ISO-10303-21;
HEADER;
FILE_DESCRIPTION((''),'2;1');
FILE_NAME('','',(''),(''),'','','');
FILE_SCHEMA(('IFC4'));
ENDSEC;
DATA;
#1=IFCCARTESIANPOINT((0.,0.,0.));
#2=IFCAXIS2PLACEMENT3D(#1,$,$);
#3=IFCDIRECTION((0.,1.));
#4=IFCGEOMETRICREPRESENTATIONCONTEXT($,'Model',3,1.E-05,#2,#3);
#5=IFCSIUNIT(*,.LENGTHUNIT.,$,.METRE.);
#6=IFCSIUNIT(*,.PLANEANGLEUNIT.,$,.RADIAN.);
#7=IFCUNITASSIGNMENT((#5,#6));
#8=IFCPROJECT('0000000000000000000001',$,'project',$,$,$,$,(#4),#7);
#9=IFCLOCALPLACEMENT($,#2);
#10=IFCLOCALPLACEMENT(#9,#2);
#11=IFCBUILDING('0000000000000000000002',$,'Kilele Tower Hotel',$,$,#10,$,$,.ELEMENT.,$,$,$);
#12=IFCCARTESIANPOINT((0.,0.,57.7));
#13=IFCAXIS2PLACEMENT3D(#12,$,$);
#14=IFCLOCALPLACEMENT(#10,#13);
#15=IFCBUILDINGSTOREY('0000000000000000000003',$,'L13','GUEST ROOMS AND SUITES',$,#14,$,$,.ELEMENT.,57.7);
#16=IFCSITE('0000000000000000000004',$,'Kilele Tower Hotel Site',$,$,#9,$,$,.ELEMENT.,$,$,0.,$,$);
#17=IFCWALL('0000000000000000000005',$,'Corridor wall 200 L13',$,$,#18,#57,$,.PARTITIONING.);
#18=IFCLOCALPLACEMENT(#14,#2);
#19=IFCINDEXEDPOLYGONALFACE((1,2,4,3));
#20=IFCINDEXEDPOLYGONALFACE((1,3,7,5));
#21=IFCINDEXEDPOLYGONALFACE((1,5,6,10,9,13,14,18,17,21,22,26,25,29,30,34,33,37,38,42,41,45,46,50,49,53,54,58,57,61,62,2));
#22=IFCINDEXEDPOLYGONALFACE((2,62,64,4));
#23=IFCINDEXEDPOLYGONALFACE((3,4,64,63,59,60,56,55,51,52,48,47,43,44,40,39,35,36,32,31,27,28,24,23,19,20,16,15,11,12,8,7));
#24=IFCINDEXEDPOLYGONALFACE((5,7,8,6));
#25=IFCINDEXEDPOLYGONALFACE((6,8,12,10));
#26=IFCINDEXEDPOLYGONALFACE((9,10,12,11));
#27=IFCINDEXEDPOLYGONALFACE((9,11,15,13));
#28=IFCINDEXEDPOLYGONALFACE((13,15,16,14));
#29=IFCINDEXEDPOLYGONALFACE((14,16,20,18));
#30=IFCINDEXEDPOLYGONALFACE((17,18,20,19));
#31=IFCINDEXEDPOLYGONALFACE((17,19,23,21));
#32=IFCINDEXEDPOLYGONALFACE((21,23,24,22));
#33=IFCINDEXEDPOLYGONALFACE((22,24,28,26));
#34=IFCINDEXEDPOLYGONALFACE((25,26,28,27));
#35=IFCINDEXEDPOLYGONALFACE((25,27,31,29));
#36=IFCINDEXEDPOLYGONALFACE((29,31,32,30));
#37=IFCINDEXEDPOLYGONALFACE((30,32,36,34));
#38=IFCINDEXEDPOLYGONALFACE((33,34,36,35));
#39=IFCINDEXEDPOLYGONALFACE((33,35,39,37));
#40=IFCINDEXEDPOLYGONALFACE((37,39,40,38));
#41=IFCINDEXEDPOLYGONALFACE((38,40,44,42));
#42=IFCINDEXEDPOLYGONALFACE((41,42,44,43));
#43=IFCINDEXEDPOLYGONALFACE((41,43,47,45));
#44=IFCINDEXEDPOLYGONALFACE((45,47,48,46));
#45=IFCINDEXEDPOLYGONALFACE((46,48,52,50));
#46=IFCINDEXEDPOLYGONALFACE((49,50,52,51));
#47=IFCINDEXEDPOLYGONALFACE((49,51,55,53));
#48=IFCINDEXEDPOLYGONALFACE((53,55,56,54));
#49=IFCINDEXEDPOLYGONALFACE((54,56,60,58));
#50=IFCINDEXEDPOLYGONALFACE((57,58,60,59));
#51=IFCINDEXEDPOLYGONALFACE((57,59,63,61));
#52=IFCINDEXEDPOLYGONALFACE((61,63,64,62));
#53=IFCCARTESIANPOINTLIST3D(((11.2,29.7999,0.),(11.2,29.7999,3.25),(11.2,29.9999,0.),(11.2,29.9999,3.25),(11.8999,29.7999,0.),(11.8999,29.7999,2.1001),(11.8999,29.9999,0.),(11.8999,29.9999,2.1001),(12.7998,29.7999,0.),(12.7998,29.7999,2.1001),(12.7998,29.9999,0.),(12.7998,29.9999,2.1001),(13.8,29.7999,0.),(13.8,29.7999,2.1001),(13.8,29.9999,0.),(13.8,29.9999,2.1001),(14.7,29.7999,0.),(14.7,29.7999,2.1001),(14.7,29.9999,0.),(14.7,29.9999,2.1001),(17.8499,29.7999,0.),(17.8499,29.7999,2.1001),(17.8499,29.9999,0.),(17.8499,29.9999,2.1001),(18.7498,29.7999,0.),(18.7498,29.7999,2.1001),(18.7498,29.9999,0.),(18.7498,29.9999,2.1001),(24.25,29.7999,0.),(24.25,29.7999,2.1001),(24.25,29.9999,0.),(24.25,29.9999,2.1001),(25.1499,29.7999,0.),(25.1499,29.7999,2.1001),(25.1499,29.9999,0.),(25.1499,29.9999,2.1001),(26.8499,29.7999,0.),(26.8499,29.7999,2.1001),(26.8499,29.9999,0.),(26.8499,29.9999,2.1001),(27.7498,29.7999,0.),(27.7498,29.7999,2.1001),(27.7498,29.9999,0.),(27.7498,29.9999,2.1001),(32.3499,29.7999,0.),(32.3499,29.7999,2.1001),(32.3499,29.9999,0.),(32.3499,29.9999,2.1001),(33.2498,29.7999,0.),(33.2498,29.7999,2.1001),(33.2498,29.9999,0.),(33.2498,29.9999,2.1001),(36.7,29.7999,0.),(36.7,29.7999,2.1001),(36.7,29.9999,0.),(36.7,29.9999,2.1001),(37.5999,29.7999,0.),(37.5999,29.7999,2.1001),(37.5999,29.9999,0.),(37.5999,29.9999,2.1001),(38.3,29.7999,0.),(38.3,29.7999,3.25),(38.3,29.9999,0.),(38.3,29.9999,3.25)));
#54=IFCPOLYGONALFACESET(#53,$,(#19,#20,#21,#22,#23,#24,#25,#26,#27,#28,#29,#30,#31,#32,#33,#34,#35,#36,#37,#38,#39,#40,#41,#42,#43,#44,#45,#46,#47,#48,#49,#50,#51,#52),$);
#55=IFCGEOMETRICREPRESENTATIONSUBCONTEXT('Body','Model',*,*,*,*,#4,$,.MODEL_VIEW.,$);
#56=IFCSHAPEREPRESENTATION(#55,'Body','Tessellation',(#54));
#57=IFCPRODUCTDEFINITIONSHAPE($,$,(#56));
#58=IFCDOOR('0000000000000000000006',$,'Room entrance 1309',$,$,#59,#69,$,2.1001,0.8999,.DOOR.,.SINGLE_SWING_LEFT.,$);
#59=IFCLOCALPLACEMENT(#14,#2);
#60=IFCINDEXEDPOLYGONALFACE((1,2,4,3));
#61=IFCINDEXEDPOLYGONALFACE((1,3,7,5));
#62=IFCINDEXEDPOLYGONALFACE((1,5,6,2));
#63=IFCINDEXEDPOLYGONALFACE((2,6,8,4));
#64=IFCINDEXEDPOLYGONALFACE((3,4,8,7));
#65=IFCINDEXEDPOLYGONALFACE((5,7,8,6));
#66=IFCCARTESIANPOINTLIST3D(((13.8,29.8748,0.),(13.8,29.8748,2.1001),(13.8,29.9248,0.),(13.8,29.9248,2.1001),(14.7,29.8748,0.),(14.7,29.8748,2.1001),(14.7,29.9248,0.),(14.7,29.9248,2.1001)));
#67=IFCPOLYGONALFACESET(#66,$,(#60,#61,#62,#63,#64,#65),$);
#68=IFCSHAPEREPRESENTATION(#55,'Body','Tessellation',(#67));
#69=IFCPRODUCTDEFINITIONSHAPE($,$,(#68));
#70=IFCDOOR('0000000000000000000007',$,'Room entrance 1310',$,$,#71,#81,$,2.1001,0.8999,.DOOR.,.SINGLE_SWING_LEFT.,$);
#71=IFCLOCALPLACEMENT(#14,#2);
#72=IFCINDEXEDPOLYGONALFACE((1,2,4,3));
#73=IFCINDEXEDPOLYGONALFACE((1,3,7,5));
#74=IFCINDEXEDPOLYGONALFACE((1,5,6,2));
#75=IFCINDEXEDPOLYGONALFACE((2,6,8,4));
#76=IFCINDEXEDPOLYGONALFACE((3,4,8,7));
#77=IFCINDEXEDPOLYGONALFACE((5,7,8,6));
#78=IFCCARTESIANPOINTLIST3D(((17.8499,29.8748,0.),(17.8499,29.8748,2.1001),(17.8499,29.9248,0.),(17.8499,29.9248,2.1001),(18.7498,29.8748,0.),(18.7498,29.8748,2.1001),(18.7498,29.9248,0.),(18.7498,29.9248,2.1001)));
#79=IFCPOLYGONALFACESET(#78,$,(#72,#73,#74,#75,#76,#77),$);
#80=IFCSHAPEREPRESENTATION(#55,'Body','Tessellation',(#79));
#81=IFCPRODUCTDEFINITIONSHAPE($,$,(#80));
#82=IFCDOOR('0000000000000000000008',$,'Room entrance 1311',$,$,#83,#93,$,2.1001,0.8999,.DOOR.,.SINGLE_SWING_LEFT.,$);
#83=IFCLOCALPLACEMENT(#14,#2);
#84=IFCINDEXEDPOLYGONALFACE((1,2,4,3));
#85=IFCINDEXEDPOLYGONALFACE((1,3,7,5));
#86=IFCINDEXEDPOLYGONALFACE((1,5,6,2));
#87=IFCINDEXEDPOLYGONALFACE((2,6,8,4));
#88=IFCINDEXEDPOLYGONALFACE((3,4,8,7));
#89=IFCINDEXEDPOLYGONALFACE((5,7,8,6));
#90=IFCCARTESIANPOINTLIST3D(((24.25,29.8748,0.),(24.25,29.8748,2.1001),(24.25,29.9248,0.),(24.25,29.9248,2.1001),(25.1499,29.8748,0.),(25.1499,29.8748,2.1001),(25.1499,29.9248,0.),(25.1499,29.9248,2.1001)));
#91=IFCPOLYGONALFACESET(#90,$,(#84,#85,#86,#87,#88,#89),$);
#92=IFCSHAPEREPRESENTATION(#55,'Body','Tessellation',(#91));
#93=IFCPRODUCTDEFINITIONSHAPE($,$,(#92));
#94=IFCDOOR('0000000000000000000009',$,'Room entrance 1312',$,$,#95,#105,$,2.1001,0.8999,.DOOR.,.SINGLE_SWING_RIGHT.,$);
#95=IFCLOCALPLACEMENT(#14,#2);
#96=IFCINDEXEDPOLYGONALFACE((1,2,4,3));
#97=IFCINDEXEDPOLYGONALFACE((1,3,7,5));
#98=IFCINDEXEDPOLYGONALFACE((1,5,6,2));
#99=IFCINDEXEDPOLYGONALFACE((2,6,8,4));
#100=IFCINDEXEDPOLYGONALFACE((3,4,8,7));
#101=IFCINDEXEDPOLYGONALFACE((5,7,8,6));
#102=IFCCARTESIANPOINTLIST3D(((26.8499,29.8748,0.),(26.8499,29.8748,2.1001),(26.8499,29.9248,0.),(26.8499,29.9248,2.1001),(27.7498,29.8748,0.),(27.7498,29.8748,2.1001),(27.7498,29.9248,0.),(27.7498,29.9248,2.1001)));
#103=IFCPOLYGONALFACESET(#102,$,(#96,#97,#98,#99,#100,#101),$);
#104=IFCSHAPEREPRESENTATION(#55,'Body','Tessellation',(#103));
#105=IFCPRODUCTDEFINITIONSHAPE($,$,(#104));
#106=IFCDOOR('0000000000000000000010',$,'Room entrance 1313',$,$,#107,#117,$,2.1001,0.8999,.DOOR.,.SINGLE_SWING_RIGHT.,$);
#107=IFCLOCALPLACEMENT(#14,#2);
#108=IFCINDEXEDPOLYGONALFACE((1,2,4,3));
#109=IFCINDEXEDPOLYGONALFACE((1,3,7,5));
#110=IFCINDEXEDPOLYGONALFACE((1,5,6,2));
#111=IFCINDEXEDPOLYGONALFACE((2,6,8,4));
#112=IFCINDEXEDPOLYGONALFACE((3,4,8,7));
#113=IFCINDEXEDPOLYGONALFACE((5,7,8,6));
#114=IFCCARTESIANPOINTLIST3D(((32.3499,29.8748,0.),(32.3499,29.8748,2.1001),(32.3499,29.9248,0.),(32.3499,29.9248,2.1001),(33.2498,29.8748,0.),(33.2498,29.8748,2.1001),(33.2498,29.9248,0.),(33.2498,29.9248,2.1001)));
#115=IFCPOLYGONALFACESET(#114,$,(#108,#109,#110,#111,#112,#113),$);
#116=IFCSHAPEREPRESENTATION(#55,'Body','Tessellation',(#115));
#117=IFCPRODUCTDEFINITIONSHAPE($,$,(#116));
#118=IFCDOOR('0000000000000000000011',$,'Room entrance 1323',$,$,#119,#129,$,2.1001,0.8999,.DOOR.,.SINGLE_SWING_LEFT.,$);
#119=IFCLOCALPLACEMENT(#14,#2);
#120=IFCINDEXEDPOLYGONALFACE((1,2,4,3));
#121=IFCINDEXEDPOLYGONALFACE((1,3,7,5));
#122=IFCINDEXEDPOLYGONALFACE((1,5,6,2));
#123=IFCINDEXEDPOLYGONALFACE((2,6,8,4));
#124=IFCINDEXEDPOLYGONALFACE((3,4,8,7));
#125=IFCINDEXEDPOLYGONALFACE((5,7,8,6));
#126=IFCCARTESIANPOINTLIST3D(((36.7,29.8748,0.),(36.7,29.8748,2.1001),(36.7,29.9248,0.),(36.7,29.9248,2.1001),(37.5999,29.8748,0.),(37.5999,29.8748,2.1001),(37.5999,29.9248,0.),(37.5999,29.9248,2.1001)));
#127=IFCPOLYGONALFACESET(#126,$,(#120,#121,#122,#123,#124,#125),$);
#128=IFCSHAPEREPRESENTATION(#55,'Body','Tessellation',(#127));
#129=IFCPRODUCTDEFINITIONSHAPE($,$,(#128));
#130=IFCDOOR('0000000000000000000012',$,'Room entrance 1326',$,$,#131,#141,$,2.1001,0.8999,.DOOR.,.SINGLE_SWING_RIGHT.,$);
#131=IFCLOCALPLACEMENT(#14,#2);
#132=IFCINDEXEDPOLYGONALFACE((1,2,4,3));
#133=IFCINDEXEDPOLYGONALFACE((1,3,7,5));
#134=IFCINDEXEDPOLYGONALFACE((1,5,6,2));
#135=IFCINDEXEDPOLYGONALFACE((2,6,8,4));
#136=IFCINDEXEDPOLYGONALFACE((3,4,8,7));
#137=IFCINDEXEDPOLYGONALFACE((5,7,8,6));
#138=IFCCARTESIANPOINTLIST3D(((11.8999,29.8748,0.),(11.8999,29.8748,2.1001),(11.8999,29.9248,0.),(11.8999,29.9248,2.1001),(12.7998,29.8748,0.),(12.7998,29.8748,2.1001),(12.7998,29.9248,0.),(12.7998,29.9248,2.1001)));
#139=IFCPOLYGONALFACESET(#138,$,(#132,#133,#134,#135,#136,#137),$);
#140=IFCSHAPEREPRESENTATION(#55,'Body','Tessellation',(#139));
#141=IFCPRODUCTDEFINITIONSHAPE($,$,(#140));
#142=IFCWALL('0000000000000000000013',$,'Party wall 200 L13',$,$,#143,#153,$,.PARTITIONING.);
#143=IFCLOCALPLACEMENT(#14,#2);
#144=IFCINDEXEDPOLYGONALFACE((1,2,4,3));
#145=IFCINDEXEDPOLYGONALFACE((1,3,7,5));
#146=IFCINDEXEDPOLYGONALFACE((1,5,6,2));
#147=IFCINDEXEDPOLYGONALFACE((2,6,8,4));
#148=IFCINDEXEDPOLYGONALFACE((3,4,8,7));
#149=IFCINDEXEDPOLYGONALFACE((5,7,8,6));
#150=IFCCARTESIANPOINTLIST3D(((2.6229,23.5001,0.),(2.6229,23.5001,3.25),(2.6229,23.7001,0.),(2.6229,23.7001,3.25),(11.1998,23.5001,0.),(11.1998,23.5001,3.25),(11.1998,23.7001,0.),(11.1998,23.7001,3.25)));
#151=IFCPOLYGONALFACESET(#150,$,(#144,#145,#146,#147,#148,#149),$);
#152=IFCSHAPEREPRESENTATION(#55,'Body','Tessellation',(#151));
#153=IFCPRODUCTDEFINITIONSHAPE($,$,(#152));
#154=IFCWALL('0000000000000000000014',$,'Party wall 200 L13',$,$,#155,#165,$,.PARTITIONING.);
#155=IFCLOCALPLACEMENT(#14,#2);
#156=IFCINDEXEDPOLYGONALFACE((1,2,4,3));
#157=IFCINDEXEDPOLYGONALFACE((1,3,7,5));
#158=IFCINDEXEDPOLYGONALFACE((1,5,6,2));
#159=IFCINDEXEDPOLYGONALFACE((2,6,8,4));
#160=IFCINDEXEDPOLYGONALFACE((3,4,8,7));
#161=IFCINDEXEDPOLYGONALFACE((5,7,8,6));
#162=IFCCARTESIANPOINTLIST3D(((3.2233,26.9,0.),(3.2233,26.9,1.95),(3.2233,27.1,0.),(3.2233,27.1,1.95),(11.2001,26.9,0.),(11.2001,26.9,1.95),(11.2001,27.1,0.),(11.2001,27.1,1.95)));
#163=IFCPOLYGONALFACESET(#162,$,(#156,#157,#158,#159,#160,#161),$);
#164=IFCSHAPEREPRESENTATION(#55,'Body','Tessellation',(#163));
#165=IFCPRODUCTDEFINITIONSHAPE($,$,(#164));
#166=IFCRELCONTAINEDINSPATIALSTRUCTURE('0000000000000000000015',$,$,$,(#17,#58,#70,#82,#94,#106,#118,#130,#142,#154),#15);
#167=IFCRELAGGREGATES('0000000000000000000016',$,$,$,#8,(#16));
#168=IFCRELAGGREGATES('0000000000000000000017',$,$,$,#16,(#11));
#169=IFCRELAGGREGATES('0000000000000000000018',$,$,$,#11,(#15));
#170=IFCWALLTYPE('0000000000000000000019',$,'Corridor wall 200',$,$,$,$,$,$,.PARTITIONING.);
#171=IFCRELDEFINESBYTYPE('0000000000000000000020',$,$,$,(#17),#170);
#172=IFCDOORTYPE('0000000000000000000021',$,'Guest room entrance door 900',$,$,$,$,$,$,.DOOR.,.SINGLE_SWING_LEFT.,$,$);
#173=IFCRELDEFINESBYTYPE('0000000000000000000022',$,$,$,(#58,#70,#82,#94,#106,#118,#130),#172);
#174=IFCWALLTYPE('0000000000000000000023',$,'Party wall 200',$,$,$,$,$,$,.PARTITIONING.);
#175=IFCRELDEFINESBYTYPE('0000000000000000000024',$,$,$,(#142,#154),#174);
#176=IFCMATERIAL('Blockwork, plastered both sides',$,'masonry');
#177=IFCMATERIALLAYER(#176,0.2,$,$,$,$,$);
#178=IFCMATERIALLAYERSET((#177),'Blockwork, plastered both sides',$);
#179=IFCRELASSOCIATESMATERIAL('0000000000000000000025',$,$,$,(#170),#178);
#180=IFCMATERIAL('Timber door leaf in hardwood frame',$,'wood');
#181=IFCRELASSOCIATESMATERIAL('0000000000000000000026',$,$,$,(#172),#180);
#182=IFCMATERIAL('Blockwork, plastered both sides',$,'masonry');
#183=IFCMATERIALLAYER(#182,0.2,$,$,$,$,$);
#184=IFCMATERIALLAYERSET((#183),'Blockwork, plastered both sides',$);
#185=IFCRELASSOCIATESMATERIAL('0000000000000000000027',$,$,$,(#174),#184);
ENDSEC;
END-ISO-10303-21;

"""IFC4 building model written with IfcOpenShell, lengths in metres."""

from ifc_helpers import new_model, si_unit, direction, frame, frame_2d, origin, place, context, subcontext, project, spatial, rectangle, extrude, material, layer, layer_set, type_object, element, fill, save


model = new_model("IFC4")

# Units and contexts
model_context = context("Model", 3, precision=1e-05, world=origin(), true_north=direction((0.0, 1.0)))
body_context = subcontext(model_context, "Body", "Model", "MODEL_VIEW")
ifc_project = project(units=[si_unit("LENGTHUNIT", "METRE"), si_unit("PLANEANGLEUNIT", "RADIAN")], contexts=[model_context])

# Site, building, storey
site_placement = place(None, origin())
site = spatial("IfcSite", under=ifc_project, at=site_placement, Name="Kilele Tower Hotel Site", CompositionType="ELEMENT", RefElevation=0.0)
building_placement = place(site_placement, origin())
building = spatial("IfcBuilding", under=site, at=building_placement, Name="Kilele Tower Hotel", CompositionType="ELEMENT")
storey_placement = place(building_placement, frame((0.0, 0.0, 57.7)))
storey = spatial("IfcBuildingStorey", under=building, at=storey_placement, Name="L13", Description="GUEST ROOMS AND SUITES", CompositionType="ELEMENT", Elevation=57.7)

# Wall, openings, doors
ifc_material_1 = material(Name="Blockwork, plastered both sides", Category="masonry")
ifc_layer_1 = layer(ifc_material_1, 0.2)
ifc_layer_set_1 = layer_set([ifc_layer_1], Name="Blockwork, plastered both sides")
wall_type_1 = type_object("IfcWallType", Name="Corridor wall 200", PredefinedType="PARTITIONING", material=ifc_layer_set_1)
wall_1_placement = place(storey_placement, frame((11.2, 29.8999, 0.0), z_axis=(0.0, 0.0, 1.0), x_axis=(1.0, 0.0, 0.0)))
wall_1 = element("IfcWall", 1, at=wall_1_placement, inside=storey, type_object=wall_type_1, Name="Corridor wall 200 L13", PredefinedType="PARTITIONING", context=body_context, shape_type="SweptSolid", body=[
    extrude(rectangle(XDim=27.1001, YDim=0.2, at=frame_2d((13.55, 0.0))), origin(), (0.0, 0.0, 1.0), 3.25),
])
opening_1_placement = place(wall_1_placement, frame((2.6001, 0.0, 0.0)))
opening_1 = element("IfcOpeningElement", 2, at=opening_1_placement, cuts=wall_1, PredefinedType="OPENING", context=body_context, shape_type="SweptSolid", body=[
    extrude(rectangle(XDim=0.8999, YDim=2.1001, at=frame_2d((0.45, 1.05))), frame((0.0, 0.1099, 0.0), z_axis=(0.0, -1.0, 0.0), x_axis=(1.0, 0.0, 0.0)), (0.0, 0.0, 1.0), 0.22),
])
opening_2_placement = place(wall_1_placement, frame((6.6499, 0.0, 0.0)))
opening_2 = element("IfcOpeningElement", 3, at=opening_2_placement, cuts=wall_1, PredefinedType="OPENING", context=body_context, shape_type="SweptSolid", body=[
    extrude(rectangle(XDim=0.8999, YDim=2.1001, at=frame_2d((0.45, 1.05))), frame((0.0, 0.1099, 0.0), z_axis=(0.0, -1.0, 0.0), x_axis=(1.0, 0.0, 0.0)), (0.0, 0.0, 1.0), 0.22),
])
opening_3_placement = place(wall_1_placement, frame((13.05, 0.0, 0.0)))
opening_3 = element("IfcOpeningElement", 4, at=opening_3_placement, cuts=wall_1, PredefinedType="OPENING", context=body_context, shape_type="SweptSolid", body=[
    extrude(rectangle(XDim=0.8999, YDim=2.1001, at=frame_2d((0.45, 1.05))), frame((0.0, 0.1099, 0.0), z_axis=(0.0, -1.0, 0.0), x_axis=(1.0, 0.0, 0.0)), (0.0, 0.0, 1.0), 0.22),
])
opening_4_placement = place(wall_1_placement, frame((15.6499, 0.0, 0.0)))
opening_4 = element("IfcOpeningElement", 5, at=opening_4_placement, cuts=wall_1, PredefinedType="OPENING", context=body_context, shape_type="SweptSolid", body=[
    extrude(rectangle(XDim=0.8999, YDim=2.1001, at=frame_2d((0.45, 1.05))), frame((0.0, 0.1099, 0.0), z_axis=(0.0, -1.0, 0.0), x_axis=(1.0, 0.0, 0.0)), (0.0, 0.0, 1.0), 0.22),
])
opening_5_placement = place(wall_1_placement, frame((21.1499, 0.0, 0.0)))
opening_5 = element("IfcOpeningElement", 6, at=opening_5_placement, cuts=wall_1, PredefinedType="OPENING", context=body_context, shape_type="SweptSolid", body=[
    extrude(rectangle(XDim=0.8999, YDim=2.1001, at=frame_2d((0.45, 1.05))), frame((0.0, 0.1099, 0.0), z_axis=(0.0, -1.0, 0.0), x_axis=(1.0, 0.0, 0.0)), (0.0, 0.0, 1.0), 0.22),
])
opening_6_placement = place(wall_1_placement, frame((25.5, 0.0, 0.0)))
opening_6 = element("IfcOpeningElement", 7, at=opening_6_placement, cuts=wall_1, PredefinedType="OPENING", context=body_context, shape_type="SweptSolid", body=[
    extrude(rectangle(XDim=0.8999, YDim=2.1001, at=frame_2d((0.45, 1.05))), frame((0.0, 0.1099, 0.0), z_axis=(0.0, -1.0, 0.0), x_axis=(1.0, 0.0, 0.0)), (0.0, 0.0, 1.0), 0.22),
])
opening_7_placement = place(wall_1_placement, frame((0.7, 0.0, 0.0)))
opening_7 = element("IfcOpeningElement", 8, at=opening_7_placement, cuts=wall_1, PredefinedType="OPENING", context=body_context, shape_type="SweptSolid", body=[
    extrude(rectangle(XDim=0.8999, YDim=2.1001, at=frame_2d((0.45, 1.05))), frame((0.0, 0.1099, 0.0), z_axis=(0.0, -1.0, 0.0), x_axis=(1.0, 0.0, 0.0)), (0.0, 0.0, 1.0), 0.22),
])
ifc_material_2 = material(Name="Timber door leaf in hardwood frame", Category="wood")
door_type_1 = type_object("IfcDoorType", Name="Guest room entrance door 900", OperationType="SINGLE_SWING_LEFT", PredefinedType="DOOR", material=ifc_material_2)
door_1_placement = place(opening_1_placement, origin())
door_1 = element("IfcDoor", 9, at=door_1_placement, inside=storey, type_object=door_type_1, Name="Room entrance 1309", OperationType="SINGLE_SWING_LEFT", OverallHeight=2.1001, OverallWidth=0.8999, PredefinedType="DOOR", context=body_context, shape_type="SweptSolid", body=[
    extrude(rectangle(XDim=0.8999, YDim=2.1001, at=frame_2d((0.45, 1.05))), frame((0.0, 0.0249, 0.0), z_axis=(0.0, -1.0, 0.0), x_axis=(1.0, 0.0, 0.0)), (0.0, 0.0, 1.0), 0.05),
])
fill(opening_1, door_1)
door_2_placement = place(opening_2_placement, origin())
door_2 = element("IfcDoor", 10, at=door_2_placement, inside=storey, type_object=door_type_1, Name="Room entrance 1310", OperationType="SINGLE_SWING_LEFT", OverallHeight=2.1001, OverallWidth=0.8999, PredefinedType="DOOR", context=body_context, shape_type="SweptSolid", body=[
    extrude(rectangle(XDim=0.8999, YDim=2.1001, at=frame_2d((0.45, 1.05))), frame((0.0, 0.0249, 0.0), z_axis=(0.0, -1.0, 0.0), x_axis=(1.0, 0.0, 0.0)), (0.0, 0.0, 1.0), 0.05),
])
fill(opening_2, door_2)
door_3_placement = place(opening_3_placement, origin())
door_3 = element("IfcDoor", 11, at=door_3_placement, inside=storey, type_object=door_type_1, Name="Room entrance 1311", OperationType="SINGLE_SWING_LEFT", OverallHeight=2.1001, OverallWidth=0.8999, PredefinedType="DOOR", context=body_context, shape_type="SweptSolid", body=[
    extrude(rectangle(XDim=0.8999, YDim=2.1001, at=frame_2d((0.45, 1.05))), frame((0.0, 0.0249, 0.0), z_axis=(0.0, -1.0, 0.0), x_axis=(1.0, 0.0, 0.0)), (0.0, 0.0, 1.0), 0.05),
])
fill(opening_3, door_3)
door_4_placement = place(opening_4_placement, origin())
door_4 = element("IfcDoor", 12, at=door_4_placement, inside=storey, type_object=door_type_1, Name="Room entrance 1312", OperationType="SINGLE_SWING_RIGHT", OverallHeight=2.1001, OverallWidth=0.8999, PredefinedType="DOOR", context=body_context, shape_type="SweptSolid", body=[
    extrude(rectangle(XDim=0.8999, YDim=2.1001, at=frame_2d((0.45, 1.05))), frame((0.0, 0.0249, 0.0), z_axis=(0.0, -1.0, 0.0), x_axis=(1.0, 0.0, 0.0)), (0.0, 0.0, 1.0), 0.05),
])
fill(opening_4, door_4)
door_5_placement = place(opening_5_placement, origin())
door_5 = element("IfcDoor", 13, at=door_5_placement, inside=storey, type_object=door_type_1, Name="Room entrance 1313", OperationType="SINGLE_SWING_RIGHT", OverallHeight=2.1001, OverallWidth=0.8999, PredefinedType="DOOR", context=body_context, shape_type="SweptSolid", body=[
    extrude(rectangle(XDim=0.8999, YDim=2.1001, at=frame_2d((0.45, 1.05))), frame((0.0, 0.0249, 0.0), z_axis=(0.0, -1.0, 0.0), x_axis=(1.0, 0.0, 0.0)), (0.0, 0.0, 1.0), 0.05),
])
fill(opening_5, door_5)
door_6_placement = place(opening_6_placement, origin())
door_6 = element("IfcDoor", 14, at=door_6_placement, inside=storey, type_object=door_type_1, Name="Room entrance 1323", OperationType="SINGLE_SWING_LEFT", OverallHeight=2.1001, OverallWidth=0.8999, PredefinedType="DOOR", context=body_context, shape_type="SweptSolid", body=[
    extrude(rectangle(XDim=0.8999, YDim=2.1001, at=frame_2d((0.45, 1.05))), frame((0.0, 0.0249, 0.0), z_axis=(0.0, -1.0, 0.0), x_axis=(1.0, 0.0, 0.0)), (0.0, 0.0, 1.0), 0.05),
])
fill(opening_6, door_6)
door_7_placement = place(opening_7_placement, origin())
door_7 = element("IfcDoor", 15, at=door_7_placement, inside=storey, type_object=door_type_1, Name="Room entrance 1326", OperationType="SINGLE_SWING_RIGHT", OverallHeight=2.1001, OverallWidth=0.8999, PredefinedType="DOOR", context=body_context, shape_type="SweptSolid", body=[
    extrude(rectangle(XDim=0.8999, YDim=2.1001, at=frame_2d((0.45, 1.05))), frame((0.0, 0.0249, 0.0), z_axis=(0.0, -1.0, 0.0), x_axis=(1.0, 0.0, 0.0)), (0.0, 0.0, 1.0), 0.05),
])
fill(opening_7, door_7)

# Walls
ifc_material_3 = material(Name="Blockwork, plastered both sides", Category="masonry")
ifc_layer_2 = layer(ifc_material_3, 0.2)
ifc_layer_set_2 = layer_set([ifc_layer_2], Name="Blockwork, plastered both sides")
wall_type_2 = type_object("IfcWallType", Name="Party wall 200", PredefinedType="PARTITIONING", material=ifc_layer_set_2)
wall_2_placement = place(storey_placement, frame((11.2, 23.6001, 0.0), z_axis=(0.0, 0.0, 1.0), x_axis=(-1.0, 0.0, 0.0)))
element("IfcWall", 16, at=wall_2_placement, inside=storey, type_object=wall_type_2, Name="Party wall 200 L13", PredefinedType="PARTITIONING", context=body_context, shape_type="SweptSolid", body=[
    extrude(rectangle(XDim=8.5769, YDim=0.2, at=frame_2d((4.2886, 0.0))), origin(), (0.0, 0.0, 1.0), 3.25),
])
wall_3_placement = place(storey_placement, frame((11.2, 27.0, 0.0), z_axis=(0.0, 0.0, 1.0), x_axis=(-1.0, 0.0, 0.0)))
element("IfcWall", 17, at=wall_3_placement, inside=storey, type_object=wall_type_2, Name="Party wall 200 L13", PredefinedType="PARTITIONING", context=body_context, shape_type="SweptSolid", body=[
    extrude(rectangle(XDim=7.9768, YDim=0.2, at=frame_2d((3.9883, 0.0))), origin(), (0.0, 0.0, 1.0), 1.95),
])

save(model, "model.ifc")
